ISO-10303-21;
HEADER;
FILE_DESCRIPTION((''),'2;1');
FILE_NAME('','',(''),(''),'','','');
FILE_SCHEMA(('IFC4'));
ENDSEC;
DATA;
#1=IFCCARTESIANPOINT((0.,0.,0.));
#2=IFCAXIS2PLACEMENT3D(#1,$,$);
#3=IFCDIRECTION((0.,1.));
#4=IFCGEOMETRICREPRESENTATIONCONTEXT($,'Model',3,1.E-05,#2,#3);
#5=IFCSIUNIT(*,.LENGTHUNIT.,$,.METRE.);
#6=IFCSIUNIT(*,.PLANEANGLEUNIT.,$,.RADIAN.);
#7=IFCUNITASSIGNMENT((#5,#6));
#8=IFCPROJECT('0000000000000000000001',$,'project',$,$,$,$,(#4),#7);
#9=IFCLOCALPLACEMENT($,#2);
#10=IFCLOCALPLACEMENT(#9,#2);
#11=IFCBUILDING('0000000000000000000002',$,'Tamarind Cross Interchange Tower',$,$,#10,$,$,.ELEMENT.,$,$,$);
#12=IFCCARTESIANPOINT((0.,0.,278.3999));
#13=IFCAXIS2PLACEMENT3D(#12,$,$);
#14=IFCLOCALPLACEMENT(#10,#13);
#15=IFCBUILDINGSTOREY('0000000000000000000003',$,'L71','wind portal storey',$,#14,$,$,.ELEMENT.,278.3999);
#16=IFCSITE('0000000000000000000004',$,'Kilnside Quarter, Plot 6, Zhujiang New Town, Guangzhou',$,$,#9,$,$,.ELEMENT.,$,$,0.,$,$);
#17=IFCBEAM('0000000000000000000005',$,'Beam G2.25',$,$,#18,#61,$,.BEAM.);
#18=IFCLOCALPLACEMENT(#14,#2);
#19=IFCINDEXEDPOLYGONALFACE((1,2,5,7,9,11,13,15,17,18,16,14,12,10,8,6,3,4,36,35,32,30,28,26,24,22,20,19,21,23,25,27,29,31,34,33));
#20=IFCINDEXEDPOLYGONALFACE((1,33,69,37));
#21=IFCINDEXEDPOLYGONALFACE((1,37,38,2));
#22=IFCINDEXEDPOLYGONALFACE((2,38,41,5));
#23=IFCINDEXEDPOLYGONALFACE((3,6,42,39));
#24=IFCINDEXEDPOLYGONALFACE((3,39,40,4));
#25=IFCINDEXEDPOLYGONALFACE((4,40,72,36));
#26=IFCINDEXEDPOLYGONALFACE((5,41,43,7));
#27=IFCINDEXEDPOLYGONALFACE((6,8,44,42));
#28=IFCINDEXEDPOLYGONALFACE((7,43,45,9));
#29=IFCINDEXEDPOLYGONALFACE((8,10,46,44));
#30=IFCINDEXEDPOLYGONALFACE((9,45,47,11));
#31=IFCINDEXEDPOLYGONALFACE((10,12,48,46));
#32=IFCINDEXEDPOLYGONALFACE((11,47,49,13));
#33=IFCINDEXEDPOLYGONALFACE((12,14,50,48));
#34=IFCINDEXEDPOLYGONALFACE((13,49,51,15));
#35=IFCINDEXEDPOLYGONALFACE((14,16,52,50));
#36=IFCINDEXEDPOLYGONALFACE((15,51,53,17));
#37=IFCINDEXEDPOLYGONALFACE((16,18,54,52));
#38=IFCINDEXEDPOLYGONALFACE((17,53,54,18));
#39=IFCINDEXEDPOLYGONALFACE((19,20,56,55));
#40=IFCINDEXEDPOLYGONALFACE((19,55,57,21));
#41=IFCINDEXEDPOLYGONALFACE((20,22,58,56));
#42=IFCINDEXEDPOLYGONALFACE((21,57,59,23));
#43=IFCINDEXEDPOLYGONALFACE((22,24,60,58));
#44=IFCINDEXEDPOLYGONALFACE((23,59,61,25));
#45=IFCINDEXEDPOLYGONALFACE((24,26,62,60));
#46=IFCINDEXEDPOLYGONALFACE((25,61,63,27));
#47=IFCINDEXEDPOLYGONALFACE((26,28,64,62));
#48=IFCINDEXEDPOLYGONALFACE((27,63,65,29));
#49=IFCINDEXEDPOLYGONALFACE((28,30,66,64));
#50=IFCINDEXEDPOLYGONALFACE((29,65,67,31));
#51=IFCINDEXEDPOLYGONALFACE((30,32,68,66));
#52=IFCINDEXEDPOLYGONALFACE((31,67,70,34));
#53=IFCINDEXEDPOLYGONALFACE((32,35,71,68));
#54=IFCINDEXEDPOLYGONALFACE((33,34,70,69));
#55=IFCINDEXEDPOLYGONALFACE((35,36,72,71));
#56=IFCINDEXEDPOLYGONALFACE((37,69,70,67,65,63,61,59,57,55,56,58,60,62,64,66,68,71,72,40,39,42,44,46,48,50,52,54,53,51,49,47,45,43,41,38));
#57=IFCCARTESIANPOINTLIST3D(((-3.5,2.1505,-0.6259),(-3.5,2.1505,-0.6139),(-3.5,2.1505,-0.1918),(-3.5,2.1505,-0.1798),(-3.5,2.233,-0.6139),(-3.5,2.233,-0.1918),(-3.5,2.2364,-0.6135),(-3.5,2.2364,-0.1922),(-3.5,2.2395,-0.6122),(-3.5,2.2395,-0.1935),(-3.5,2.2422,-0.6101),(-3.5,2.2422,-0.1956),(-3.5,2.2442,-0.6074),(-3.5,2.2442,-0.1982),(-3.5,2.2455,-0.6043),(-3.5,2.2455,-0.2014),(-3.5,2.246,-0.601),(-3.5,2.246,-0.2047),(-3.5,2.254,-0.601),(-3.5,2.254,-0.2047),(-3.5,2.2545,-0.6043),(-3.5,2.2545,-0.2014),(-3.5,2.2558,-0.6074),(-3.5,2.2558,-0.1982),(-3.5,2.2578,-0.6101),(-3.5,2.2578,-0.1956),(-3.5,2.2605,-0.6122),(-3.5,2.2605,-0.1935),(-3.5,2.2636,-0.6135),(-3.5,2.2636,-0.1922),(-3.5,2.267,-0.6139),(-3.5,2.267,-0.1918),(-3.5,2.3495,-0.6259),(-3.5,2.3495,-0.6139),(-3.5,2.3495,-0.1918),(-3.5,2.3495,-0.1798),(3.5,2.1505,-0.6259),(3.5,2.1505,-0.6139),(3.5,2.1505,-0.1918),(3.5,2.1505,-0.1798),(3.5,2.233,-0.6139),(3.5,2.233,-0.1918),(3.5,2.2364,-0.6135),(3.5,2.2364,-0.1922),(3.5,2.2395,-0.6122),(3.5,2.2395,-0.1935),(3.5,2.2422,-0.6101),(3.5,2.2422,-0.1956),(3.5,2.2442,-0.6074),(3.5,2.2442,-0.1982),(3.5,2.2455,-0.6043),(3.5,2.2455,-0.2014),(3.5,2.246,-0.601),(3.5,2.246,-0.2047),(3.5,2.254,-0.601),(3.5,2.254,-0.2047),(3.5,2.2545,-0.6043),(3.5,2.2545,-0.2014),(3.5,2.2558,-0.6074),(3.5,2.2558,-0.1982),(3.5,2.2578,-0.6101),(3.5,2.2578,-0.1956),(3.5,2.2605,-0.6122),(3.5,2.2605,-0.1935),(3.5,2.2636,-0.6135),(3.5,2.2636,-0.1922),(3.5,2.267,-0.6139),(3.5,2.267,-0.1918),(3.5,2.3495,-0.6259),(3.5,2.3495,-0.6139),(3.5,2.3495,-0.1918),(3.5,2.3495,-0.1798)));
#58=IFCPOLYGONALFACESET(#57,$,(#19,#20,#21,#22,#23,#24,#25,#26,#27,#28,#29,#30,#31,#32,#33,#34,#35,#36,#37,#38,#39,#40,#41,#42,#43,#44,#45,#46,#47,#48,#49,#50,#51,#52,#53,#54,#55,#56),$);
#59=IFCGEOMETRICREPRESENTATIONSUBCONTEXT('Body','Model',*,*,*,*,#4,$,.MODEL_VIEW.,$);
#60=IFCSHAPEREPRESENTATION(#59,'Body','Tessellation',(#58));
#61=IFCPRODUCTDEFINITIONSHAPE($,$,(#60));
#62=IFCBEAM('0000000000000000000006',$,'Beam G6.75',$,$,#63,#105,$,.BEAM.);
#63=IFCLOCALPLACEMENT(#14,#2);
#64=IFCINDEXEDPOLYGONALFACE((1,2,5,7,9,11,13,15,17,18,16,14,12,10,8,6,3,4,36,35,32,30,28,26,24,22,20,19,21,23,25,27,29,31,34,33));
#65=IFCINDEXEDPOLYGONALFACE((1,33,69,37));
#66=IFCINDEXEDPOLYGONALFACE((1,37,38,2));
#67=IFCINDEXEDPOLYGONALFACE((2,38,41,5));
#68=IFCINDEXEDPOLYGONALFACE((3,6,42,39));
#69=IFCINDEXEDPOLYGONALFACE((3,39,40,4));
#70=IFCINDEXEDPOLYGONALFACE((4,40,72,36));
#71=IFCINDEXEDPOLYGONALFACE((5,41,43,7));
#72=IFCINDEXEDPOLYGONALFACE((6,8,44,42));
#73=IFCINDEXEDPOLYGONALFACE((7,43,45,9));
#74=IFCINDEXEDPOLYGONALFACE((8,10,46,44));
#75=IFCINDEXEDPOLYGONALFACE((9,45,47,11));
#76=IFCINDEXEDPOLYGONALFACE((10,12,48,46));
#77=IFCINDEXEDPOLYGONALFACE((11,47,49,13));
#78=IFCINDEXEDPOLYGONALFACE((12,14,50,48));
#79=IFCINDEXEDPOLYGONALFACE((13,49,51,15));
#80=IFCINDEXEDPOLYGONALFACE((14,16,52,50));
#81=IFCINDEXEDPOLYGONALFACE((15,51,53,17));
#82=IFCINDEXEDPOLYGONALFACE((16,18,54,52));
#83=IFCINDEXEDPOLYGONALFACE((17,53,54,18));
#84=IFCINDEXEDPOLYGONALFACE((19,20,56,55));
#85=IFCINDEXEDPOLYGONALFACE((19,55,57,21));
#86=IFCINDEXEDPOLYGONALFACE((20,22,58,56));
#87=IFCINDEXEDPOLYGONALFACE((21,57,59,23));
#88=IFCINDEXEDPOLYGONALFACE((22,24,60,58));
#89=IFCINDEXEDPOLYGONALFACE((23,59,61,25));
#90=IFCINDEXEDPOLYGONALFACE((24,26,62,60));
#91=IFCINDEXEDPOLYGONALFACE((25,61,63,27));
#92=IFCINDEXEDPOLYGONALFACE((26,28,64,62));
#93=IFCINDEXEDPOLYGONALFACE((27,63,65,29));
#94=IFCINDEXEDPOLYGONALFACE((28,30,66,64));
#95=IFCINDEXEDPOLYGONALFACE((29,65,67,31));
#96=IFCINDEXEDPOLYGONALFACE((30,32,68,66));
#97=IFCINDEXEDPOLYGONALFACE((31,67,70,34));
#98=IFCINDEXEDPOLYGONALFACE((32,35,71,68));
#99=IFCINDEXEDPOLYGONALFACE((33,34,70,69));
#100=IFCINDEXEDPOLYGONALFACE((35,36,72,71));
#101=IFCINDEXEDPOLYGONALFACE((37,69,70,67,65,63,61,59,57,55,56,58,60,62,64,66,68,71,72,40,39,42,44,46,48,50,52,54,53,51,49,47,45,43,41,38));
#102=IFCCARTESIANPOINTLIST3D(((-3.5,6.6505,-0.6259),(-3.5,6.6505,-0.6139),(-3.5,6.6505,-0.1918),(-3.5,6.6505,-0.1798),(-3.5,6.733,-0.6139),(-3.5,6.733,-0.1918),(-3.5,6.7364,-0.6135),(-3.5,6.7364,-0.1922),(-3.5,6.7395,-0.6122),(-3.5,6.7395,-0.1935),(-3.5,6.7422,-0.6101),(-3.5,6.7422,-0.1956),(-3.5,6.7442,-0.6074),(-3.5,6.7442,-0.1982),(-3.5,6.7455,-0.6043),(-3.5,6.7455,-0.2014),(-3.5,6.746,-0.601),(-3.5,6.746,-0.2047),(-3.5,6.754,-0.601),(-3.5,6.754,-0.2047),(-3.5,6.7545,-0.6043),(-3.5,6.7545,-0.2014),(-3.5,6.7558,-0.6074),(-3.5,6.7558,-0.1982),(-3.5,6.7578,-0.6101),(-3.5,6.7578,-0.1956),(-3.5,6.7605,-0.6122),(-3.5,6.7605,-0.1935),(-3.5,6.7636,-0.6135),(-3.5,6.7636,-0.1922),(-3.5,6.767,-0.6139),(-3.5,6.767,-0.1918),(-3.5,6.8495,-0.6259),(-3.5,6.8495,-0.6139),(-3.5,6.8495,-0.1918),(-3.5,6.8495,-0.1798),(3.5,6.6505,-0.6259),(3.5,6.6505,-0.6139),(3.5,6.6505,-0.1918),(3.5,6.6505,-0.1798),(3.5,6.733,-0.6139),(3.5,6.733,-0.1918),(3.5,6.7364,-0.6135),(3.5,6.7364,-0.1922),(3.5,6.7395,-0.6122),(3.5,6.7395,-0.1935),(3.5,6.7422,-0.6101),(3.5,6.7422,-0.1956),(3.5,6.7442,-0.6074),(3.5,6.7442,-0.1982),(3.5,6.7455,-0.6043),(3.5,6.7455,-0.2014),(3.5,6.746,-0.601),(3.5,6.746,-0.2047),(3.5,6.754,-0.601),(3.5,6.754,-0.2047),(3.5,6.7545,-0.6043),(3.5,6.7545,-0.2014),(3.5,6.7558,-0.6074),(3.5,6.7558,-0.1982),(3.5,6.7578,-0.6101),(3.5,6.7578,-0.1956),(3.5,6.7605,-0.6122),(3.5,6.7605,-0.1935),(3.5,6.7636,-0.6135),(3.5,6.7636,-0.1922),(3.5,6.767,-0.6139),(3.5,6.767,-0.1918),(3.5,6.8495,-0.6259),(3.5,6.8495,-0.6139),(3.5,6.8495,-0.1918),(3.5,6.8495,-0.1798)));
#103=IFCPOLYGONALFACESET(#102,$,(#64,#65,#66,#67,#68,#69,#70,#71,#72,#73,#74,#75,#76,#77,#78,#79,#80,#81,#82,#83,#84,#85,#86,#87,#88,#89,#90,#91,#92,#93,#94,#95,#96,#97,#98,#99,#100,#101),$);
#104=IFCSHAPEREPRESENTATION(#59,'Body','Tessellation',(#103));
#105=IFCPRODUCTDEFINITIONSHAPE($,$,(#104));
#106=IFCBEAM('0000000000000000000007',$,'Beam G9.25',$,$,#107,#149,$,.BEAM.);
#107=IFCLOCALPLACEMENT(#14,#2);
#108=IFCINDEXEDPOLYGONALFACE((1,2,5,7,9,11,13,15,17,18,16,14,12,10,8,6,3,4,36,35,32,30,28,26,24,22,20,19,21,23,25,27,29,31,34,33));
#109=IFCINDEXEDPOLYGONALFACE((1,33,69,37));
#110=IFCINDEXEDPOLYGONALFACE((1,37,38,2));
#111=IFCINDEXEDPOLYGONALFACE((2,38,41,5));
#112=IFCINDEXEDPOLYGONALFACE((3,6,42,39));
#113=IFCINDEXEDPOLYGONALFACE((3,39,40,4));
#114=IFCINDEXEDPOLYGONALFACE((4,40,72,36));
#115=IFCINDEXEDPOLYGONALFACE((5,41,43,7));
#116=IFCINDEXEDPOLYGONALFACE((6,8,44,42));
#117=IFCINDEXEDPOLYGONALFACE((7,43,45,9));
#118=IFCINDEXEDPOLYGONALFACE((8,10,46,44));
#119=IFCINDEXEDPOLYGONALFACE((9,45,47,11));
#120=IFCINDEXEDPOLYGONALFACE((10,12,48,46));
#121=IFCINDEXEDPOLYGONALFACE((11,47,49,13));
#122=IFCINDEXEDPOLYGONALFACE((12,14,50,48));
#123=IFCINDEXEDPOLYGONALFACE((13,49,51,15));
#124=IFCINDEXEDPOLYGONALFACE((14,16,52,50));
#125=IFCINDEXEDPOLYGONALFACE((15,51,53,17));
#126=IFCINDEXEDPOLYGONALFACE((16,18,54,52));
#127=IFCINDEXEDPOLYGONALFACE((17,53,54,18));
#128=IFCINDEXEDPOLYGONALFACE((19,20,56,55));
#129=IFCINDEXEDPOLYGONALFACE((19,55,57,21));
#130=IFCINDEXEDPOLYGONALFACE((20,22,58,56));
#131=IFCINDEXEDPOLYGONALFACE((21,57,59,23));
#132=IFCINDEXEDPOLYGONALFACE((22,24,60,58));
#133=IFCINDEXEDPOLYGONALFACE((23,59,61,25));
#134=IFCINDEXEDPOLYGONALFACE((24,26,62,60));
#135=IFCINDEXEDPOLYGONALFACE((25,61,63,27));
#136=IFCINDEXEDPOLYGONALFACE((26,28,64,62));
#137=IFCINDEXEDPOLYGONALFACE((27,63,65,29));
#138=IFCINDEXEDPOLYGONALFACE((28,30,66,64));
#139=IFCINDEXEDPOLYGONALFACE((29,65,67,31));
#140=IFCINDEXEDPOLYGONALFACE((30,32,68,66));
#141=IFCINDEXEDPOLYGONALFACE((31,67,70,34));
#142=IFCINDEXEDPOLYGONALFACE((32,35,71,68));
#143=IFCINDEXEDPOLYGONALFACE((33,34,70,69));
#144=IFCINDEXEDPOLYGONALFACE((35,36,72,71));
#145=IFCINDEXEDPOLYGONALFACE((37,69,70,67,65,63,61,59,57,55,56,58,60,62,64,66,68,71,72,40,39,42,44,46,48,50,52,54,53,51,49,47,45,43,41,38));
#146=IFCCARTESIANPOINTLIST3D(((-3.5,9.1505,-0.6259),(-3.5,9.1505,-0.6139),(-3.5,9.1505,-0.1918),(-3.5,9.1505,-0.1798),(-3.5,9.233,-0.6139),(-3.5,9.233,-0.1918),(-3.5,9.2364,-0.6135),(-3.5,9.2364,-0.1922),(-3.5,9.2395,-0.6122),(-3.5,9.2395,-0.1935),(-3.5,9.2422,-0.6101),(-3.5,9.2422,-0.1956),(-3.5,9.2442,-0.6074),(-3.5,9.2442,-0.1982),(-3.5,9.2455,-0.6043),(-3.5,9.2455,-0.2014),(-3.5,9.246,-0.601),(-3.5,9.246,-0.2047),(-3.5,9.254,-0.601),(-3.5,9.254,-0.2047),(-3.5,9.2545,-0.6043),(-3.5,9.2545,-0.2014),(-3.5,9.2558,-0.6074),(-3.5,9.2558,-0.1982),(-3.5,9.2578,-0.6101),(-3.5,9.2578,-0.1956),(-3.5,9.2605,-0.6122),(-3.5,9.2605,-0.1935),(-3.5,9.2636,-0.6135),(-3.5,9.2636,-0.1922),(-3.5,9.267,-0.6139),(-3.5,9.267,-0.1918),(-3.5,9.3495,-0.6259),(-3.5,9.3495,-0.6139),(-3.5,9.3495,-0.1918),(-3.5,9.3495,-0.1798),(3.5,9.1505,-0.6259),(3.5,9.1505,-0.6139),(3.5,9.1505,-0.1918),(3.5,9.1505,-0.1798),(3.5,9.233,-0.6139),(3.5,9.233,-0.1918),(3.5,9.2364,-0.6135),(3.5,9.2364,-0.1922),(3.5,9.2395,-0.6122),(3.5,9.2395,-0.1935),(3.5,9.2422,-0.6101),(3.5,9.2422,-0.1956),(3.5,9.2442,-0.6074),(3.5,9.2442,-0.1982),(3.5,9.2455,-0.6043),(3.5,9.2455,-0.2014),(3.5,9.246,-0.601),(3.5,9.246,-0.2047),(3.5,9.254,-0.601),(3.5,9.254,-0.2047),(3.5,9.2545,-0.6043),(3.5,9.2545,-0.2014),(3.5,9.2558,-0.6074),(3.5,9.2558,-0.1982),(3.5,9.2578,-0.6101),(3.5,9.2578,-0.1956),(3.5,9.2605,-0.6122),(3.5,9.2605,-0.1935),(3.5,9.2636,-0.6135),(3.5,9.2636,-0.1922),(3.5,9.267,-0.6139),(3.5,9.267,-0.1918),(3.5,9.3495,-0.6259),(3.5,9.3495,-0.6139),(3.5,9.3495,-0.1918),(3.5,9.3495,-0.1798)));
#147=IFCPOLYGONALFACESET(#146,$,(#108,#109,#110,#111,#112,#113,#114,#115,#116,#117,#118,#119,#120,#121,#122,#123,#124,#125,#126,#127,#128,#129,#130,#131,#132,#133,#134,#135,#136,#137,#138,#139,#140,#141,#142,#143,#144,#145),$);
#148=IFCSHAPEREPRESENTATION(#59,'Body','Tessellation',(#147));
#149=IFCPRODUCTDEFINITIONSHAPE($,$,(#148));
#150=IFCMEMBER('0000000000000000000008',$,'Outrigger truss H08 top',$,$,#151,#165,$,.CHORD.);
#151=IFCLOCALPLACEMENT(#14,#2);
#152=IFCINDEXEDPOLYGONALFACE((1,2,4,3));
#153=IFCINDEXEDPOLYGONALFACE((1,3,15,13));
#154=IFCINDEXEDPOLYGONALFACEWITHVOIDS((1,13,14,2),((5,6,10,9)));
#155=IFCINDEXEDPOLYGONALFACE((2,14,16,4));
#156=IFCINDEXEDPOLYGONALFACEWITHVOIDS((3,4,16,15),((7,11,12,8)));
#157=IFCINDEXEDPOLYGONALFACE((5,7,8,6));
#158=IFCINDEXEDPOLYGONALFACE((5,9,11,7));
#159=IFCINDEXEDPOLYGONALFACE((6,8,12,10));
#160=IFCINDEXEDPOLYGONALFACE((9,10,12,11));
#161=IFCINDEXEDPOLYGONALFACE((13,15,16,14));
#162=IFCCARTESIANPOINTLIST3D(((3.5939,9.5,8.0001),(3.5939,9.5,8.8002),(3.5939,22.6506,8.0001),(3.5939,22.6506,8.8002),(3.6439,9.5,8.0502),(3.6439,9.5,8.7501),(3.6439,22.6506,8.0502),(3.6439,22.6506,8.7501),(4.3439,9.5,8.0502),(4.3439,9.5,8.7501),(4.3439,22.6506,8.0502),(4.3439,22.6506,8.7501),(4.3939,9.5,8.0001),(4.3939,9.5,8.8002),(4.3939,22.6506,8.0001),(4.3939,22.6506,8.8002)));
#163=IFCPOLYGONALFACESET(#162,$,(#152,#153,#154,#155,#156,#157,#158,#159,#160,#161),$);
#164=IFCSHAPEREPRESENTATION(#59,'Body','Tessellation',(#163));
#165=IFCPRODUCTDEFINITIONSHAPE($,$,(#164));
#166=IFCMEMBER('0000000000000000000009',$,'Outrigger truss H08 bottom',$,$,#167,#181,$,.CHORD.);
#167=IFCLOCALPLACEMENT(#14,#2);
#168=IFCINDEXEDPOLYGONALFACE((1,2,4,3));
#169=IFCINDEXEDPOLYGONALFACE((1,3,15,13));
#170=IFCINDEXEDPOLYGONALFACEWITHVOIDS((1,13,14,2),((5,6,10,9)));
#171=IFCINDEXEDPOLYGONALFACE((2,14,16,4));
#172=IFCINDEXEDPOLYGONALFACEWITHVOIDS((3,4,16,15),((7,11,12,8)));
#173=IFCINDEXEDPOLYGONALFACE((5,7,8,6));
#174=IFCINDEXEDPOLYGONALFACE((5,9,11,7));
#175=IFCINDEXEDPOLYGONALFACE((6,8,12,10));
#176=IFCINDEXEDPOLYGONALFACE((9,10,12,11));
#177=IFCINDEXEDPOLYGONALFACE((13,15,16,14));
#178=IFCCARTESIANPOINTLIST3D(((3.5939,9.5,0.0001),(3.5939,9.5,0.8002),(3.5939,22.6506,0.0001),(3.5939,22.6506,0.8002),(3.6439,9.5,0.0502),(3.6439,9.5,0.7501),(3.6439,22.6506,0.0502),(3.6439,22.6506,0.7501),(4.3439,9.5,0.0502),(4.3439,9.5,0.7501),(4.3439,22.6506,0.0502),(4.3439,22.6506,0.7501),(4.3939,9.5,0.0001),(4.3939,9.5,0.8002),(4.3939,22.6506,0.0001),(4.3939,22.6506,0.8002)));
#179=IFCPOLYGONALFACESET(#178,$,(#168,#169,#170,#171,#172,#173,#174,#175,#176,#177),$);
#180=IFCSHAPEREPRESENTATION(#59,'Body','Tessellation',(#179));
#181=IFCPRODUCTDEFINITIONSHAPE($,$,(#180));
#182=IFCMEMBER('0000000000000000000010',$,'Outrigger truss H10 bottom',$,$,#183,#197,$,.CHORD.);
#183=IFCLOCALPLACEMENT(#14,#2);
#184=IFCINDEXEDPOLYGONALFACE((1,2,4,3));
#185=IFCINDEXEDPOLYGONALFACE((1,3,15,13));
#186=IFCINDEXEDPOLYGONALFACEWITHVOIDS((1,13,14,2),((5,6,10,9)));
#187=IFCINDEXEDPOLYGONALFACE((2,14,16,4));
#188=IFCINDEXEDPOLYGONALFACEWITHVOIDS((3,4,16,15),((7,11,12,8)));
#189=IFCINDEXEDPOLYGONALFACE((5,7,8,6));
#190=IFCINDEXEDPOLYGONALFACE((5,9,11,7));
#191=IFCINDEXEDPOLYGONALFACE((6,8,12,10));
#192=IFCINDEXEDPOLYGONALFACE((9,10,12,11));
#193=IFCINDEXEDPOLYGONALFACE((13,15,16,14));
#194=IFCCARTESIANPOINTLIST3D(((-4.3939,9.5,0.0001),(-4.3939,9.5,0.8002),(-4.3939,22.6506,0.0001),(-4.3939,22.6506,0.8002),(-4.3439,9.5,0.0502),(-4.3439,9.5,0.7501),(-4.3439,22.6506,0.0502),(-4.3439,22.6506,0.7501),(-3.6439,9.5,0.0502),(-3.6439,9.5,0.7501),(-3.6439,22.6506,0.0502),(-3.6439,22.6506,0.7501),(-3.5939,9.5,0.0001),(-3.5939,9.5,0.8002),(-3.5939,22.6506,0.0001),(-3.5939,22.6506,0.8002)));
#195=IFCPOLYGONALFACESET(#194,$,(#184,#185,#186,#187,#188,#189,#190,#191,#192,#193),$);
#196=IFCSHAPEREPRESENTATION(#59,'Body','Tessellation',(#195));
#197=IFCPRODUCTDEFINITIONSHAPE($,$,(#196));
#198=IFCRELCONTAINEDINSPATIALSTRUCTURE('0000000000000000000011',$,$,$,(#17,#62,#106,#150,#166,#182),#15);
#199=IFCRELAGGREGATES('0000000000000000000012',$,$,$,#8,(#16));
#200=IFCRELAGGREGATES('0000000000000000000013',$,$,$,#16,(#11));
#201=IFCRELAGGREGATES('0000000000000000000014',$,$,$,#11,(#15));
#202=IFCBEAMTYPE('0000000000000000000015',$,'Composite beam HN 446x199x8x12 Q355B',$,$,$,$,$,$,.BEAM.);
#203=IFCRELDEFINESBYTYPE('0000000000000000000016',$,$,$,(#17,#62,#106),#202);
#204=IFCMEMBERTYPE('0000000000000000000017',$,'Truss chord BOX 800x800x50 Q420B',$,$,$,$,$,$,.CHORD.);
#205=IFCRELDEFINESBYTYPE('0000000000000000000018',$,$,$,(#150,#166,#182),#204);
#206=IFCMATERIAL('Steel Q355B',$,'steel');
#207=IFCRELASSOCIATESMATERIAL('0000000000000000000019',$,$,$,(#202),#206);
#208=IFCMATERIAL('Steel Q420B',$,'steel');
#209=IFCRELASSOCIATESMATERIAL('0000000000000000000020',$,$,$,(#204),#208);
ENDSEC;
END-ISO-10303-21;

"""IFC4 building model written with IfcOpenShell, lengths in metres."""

from ifc_helpers import new_model, si_unit, direction, frame, origin, origin_2d, place, context, subcontext, project, spatial, hollow_rectangle, i_section, extrude, material, material_profile, profile_set, type_object, element, save


model = new_model("IFC4")

# Units and contexts
model_context = context("Model", 3, precision=1e-05, world=origin(), true_north=direction((0.0, 1.0)))
body_context = subcontext(model_context, "Body", "Model", "MODEL_VIEW")
ifc_project = project(units=[si_unit("LENGTHUNIT", "METRE"), si_unit("PLANEANGLEUNIT", "RADIAN")], contexts=[model_context])

# Site, building, storey
site_placement = place(None, origin())
site = spatial("IfcSite", under=ifc_project, at=site_placement, Name="Kilnside Quarter, Plot 6, Zhujiang New Town, Guangzhou", CompositionType="ELEMENT", RefElevation=0.0)
building_placement = place(site_placement, origin())
building = spatial("IfcBuilding", under=site, at=building_placement, Name="Tamarind Cross Interchange Tower", CompositionType="ELEMENT")
storey_placement = place(building_placement, frame((0.0, 0.0, 278.3999)))
storey = spatial("IfcBuildingStorey", under=building, at=storey_placement, Name="L71", Description="wind portal storey", CompositionType="ELEMENT", Elevation=278.3999)

# Beams
ifc_material_1 = material(Name="Steel Q355B", Category="steel")
ifc_material_profile_1 = material_profile(ifc_material_1, i_section(OverallWidth=0.199, OverallDepth=0.446, WebThickness=0.0081, FlangeThickness=0.012, FilletRadius=0.0129, at=origin_2d()), Name="HN 446x199x8x12")
ifc_profile_set_1 = profile_set([ifc_material_profile_1], Name="Steel Q355B")
beam_type = type_object("IfcBeamType", Name="Composite beam HN 446x199x8x12 Q355B", PredefinedType="BEAM", material=ifc_profile_set_1)
for number, where, z_axis, x_axis, name in (
    (1, (-3.5, 2.25, -0.4028), (1.0, 0.0, 0.0), (0.0, 1.0, 0.0), "Beam G2.25"),
    (2, (-3.5, 6.75, -0.4028), (1.0, 0.0, 0.0), (0.0, 1.0, 0.0), "Beam G6.75"),
    (3, (-3.5, 9.25, -0.4028), (1.0, 0.0, 0.0), (0.0, 1.0, 0.0), "Beam G9.25"),
):
    element("IfcBeam", number, at=place(storey_placement, frame(where, z_axis=z_axis, x_axis=x_axis)), inside=storey, type_object=beam_type, Name=name, PredefinedType="BEAM", context=body_context, shape_type="SweptSolid", body=[
        extrude(i_section(OverallWidth=0.199, OverallDepth=0.446, WebThickness=0.0081, FlangeThickness=0.012, FilletRadius=0.0129, at=origin_2d()), origin(), (0.0, 0.0, 1.0), 7.0),
    ])

# Members
ifc_material_2 = material(Name="Steel Q420B", Category="steel")
ifc_material_profile_2 = material_profile(ifc_material_2, hollow_rectangle(XDim=0.8, YDim=0.8, WallThickness=0.05, at=origin_2d()), Name="BOX 800x800x50")
ifc_profile_set_2 = profile_set([ifc_material_profile_2], Name="Steel Q420B")
member_type_1 = type_object("IfcMemberType", Name="Truss chord BOX 800x800x50 Q420B", PredefinedType="CHORD", material=ifc_profile_set_2)
for number, where, z_axis, x_axis, name in (
    (4, (3.9939, 9.5, 8.4001), (0.0, 1.0, 0.0), (-1.0, 0.0, 0.0), "Outrigger truss H08 top"),
    (5, (3.9939, 9.5, 0.4001), (0.0, 1.0, 0.0), (-1.0, 0.0, 0.0), "Outrigger truss H08 bottom"),
    (6, (-3.9939, 9.5, 0.4001), (0.0, 1.0, 0.0), (-1.0, 0.0, 0.0), "Outrigger truss H10 bottom"),
):
    element("IfcMember", number, at=place(storey_placement, frame(where, z_axis=z_axis, x_axis=x_axis)), inside=storey, type_object=member_type_1, Name=name, PredefinedType="CHORD", context=body_context, shape_type="SweptSolid", body=[
        extrude(hollow_rectangle(XDim=0.8, YDim=0.8, WallThickness=0.05, at=origin_2d()), origin(), (0.0, 0.0, 1.0), 13.1506),
    ])

save(model, "model.ifc")
